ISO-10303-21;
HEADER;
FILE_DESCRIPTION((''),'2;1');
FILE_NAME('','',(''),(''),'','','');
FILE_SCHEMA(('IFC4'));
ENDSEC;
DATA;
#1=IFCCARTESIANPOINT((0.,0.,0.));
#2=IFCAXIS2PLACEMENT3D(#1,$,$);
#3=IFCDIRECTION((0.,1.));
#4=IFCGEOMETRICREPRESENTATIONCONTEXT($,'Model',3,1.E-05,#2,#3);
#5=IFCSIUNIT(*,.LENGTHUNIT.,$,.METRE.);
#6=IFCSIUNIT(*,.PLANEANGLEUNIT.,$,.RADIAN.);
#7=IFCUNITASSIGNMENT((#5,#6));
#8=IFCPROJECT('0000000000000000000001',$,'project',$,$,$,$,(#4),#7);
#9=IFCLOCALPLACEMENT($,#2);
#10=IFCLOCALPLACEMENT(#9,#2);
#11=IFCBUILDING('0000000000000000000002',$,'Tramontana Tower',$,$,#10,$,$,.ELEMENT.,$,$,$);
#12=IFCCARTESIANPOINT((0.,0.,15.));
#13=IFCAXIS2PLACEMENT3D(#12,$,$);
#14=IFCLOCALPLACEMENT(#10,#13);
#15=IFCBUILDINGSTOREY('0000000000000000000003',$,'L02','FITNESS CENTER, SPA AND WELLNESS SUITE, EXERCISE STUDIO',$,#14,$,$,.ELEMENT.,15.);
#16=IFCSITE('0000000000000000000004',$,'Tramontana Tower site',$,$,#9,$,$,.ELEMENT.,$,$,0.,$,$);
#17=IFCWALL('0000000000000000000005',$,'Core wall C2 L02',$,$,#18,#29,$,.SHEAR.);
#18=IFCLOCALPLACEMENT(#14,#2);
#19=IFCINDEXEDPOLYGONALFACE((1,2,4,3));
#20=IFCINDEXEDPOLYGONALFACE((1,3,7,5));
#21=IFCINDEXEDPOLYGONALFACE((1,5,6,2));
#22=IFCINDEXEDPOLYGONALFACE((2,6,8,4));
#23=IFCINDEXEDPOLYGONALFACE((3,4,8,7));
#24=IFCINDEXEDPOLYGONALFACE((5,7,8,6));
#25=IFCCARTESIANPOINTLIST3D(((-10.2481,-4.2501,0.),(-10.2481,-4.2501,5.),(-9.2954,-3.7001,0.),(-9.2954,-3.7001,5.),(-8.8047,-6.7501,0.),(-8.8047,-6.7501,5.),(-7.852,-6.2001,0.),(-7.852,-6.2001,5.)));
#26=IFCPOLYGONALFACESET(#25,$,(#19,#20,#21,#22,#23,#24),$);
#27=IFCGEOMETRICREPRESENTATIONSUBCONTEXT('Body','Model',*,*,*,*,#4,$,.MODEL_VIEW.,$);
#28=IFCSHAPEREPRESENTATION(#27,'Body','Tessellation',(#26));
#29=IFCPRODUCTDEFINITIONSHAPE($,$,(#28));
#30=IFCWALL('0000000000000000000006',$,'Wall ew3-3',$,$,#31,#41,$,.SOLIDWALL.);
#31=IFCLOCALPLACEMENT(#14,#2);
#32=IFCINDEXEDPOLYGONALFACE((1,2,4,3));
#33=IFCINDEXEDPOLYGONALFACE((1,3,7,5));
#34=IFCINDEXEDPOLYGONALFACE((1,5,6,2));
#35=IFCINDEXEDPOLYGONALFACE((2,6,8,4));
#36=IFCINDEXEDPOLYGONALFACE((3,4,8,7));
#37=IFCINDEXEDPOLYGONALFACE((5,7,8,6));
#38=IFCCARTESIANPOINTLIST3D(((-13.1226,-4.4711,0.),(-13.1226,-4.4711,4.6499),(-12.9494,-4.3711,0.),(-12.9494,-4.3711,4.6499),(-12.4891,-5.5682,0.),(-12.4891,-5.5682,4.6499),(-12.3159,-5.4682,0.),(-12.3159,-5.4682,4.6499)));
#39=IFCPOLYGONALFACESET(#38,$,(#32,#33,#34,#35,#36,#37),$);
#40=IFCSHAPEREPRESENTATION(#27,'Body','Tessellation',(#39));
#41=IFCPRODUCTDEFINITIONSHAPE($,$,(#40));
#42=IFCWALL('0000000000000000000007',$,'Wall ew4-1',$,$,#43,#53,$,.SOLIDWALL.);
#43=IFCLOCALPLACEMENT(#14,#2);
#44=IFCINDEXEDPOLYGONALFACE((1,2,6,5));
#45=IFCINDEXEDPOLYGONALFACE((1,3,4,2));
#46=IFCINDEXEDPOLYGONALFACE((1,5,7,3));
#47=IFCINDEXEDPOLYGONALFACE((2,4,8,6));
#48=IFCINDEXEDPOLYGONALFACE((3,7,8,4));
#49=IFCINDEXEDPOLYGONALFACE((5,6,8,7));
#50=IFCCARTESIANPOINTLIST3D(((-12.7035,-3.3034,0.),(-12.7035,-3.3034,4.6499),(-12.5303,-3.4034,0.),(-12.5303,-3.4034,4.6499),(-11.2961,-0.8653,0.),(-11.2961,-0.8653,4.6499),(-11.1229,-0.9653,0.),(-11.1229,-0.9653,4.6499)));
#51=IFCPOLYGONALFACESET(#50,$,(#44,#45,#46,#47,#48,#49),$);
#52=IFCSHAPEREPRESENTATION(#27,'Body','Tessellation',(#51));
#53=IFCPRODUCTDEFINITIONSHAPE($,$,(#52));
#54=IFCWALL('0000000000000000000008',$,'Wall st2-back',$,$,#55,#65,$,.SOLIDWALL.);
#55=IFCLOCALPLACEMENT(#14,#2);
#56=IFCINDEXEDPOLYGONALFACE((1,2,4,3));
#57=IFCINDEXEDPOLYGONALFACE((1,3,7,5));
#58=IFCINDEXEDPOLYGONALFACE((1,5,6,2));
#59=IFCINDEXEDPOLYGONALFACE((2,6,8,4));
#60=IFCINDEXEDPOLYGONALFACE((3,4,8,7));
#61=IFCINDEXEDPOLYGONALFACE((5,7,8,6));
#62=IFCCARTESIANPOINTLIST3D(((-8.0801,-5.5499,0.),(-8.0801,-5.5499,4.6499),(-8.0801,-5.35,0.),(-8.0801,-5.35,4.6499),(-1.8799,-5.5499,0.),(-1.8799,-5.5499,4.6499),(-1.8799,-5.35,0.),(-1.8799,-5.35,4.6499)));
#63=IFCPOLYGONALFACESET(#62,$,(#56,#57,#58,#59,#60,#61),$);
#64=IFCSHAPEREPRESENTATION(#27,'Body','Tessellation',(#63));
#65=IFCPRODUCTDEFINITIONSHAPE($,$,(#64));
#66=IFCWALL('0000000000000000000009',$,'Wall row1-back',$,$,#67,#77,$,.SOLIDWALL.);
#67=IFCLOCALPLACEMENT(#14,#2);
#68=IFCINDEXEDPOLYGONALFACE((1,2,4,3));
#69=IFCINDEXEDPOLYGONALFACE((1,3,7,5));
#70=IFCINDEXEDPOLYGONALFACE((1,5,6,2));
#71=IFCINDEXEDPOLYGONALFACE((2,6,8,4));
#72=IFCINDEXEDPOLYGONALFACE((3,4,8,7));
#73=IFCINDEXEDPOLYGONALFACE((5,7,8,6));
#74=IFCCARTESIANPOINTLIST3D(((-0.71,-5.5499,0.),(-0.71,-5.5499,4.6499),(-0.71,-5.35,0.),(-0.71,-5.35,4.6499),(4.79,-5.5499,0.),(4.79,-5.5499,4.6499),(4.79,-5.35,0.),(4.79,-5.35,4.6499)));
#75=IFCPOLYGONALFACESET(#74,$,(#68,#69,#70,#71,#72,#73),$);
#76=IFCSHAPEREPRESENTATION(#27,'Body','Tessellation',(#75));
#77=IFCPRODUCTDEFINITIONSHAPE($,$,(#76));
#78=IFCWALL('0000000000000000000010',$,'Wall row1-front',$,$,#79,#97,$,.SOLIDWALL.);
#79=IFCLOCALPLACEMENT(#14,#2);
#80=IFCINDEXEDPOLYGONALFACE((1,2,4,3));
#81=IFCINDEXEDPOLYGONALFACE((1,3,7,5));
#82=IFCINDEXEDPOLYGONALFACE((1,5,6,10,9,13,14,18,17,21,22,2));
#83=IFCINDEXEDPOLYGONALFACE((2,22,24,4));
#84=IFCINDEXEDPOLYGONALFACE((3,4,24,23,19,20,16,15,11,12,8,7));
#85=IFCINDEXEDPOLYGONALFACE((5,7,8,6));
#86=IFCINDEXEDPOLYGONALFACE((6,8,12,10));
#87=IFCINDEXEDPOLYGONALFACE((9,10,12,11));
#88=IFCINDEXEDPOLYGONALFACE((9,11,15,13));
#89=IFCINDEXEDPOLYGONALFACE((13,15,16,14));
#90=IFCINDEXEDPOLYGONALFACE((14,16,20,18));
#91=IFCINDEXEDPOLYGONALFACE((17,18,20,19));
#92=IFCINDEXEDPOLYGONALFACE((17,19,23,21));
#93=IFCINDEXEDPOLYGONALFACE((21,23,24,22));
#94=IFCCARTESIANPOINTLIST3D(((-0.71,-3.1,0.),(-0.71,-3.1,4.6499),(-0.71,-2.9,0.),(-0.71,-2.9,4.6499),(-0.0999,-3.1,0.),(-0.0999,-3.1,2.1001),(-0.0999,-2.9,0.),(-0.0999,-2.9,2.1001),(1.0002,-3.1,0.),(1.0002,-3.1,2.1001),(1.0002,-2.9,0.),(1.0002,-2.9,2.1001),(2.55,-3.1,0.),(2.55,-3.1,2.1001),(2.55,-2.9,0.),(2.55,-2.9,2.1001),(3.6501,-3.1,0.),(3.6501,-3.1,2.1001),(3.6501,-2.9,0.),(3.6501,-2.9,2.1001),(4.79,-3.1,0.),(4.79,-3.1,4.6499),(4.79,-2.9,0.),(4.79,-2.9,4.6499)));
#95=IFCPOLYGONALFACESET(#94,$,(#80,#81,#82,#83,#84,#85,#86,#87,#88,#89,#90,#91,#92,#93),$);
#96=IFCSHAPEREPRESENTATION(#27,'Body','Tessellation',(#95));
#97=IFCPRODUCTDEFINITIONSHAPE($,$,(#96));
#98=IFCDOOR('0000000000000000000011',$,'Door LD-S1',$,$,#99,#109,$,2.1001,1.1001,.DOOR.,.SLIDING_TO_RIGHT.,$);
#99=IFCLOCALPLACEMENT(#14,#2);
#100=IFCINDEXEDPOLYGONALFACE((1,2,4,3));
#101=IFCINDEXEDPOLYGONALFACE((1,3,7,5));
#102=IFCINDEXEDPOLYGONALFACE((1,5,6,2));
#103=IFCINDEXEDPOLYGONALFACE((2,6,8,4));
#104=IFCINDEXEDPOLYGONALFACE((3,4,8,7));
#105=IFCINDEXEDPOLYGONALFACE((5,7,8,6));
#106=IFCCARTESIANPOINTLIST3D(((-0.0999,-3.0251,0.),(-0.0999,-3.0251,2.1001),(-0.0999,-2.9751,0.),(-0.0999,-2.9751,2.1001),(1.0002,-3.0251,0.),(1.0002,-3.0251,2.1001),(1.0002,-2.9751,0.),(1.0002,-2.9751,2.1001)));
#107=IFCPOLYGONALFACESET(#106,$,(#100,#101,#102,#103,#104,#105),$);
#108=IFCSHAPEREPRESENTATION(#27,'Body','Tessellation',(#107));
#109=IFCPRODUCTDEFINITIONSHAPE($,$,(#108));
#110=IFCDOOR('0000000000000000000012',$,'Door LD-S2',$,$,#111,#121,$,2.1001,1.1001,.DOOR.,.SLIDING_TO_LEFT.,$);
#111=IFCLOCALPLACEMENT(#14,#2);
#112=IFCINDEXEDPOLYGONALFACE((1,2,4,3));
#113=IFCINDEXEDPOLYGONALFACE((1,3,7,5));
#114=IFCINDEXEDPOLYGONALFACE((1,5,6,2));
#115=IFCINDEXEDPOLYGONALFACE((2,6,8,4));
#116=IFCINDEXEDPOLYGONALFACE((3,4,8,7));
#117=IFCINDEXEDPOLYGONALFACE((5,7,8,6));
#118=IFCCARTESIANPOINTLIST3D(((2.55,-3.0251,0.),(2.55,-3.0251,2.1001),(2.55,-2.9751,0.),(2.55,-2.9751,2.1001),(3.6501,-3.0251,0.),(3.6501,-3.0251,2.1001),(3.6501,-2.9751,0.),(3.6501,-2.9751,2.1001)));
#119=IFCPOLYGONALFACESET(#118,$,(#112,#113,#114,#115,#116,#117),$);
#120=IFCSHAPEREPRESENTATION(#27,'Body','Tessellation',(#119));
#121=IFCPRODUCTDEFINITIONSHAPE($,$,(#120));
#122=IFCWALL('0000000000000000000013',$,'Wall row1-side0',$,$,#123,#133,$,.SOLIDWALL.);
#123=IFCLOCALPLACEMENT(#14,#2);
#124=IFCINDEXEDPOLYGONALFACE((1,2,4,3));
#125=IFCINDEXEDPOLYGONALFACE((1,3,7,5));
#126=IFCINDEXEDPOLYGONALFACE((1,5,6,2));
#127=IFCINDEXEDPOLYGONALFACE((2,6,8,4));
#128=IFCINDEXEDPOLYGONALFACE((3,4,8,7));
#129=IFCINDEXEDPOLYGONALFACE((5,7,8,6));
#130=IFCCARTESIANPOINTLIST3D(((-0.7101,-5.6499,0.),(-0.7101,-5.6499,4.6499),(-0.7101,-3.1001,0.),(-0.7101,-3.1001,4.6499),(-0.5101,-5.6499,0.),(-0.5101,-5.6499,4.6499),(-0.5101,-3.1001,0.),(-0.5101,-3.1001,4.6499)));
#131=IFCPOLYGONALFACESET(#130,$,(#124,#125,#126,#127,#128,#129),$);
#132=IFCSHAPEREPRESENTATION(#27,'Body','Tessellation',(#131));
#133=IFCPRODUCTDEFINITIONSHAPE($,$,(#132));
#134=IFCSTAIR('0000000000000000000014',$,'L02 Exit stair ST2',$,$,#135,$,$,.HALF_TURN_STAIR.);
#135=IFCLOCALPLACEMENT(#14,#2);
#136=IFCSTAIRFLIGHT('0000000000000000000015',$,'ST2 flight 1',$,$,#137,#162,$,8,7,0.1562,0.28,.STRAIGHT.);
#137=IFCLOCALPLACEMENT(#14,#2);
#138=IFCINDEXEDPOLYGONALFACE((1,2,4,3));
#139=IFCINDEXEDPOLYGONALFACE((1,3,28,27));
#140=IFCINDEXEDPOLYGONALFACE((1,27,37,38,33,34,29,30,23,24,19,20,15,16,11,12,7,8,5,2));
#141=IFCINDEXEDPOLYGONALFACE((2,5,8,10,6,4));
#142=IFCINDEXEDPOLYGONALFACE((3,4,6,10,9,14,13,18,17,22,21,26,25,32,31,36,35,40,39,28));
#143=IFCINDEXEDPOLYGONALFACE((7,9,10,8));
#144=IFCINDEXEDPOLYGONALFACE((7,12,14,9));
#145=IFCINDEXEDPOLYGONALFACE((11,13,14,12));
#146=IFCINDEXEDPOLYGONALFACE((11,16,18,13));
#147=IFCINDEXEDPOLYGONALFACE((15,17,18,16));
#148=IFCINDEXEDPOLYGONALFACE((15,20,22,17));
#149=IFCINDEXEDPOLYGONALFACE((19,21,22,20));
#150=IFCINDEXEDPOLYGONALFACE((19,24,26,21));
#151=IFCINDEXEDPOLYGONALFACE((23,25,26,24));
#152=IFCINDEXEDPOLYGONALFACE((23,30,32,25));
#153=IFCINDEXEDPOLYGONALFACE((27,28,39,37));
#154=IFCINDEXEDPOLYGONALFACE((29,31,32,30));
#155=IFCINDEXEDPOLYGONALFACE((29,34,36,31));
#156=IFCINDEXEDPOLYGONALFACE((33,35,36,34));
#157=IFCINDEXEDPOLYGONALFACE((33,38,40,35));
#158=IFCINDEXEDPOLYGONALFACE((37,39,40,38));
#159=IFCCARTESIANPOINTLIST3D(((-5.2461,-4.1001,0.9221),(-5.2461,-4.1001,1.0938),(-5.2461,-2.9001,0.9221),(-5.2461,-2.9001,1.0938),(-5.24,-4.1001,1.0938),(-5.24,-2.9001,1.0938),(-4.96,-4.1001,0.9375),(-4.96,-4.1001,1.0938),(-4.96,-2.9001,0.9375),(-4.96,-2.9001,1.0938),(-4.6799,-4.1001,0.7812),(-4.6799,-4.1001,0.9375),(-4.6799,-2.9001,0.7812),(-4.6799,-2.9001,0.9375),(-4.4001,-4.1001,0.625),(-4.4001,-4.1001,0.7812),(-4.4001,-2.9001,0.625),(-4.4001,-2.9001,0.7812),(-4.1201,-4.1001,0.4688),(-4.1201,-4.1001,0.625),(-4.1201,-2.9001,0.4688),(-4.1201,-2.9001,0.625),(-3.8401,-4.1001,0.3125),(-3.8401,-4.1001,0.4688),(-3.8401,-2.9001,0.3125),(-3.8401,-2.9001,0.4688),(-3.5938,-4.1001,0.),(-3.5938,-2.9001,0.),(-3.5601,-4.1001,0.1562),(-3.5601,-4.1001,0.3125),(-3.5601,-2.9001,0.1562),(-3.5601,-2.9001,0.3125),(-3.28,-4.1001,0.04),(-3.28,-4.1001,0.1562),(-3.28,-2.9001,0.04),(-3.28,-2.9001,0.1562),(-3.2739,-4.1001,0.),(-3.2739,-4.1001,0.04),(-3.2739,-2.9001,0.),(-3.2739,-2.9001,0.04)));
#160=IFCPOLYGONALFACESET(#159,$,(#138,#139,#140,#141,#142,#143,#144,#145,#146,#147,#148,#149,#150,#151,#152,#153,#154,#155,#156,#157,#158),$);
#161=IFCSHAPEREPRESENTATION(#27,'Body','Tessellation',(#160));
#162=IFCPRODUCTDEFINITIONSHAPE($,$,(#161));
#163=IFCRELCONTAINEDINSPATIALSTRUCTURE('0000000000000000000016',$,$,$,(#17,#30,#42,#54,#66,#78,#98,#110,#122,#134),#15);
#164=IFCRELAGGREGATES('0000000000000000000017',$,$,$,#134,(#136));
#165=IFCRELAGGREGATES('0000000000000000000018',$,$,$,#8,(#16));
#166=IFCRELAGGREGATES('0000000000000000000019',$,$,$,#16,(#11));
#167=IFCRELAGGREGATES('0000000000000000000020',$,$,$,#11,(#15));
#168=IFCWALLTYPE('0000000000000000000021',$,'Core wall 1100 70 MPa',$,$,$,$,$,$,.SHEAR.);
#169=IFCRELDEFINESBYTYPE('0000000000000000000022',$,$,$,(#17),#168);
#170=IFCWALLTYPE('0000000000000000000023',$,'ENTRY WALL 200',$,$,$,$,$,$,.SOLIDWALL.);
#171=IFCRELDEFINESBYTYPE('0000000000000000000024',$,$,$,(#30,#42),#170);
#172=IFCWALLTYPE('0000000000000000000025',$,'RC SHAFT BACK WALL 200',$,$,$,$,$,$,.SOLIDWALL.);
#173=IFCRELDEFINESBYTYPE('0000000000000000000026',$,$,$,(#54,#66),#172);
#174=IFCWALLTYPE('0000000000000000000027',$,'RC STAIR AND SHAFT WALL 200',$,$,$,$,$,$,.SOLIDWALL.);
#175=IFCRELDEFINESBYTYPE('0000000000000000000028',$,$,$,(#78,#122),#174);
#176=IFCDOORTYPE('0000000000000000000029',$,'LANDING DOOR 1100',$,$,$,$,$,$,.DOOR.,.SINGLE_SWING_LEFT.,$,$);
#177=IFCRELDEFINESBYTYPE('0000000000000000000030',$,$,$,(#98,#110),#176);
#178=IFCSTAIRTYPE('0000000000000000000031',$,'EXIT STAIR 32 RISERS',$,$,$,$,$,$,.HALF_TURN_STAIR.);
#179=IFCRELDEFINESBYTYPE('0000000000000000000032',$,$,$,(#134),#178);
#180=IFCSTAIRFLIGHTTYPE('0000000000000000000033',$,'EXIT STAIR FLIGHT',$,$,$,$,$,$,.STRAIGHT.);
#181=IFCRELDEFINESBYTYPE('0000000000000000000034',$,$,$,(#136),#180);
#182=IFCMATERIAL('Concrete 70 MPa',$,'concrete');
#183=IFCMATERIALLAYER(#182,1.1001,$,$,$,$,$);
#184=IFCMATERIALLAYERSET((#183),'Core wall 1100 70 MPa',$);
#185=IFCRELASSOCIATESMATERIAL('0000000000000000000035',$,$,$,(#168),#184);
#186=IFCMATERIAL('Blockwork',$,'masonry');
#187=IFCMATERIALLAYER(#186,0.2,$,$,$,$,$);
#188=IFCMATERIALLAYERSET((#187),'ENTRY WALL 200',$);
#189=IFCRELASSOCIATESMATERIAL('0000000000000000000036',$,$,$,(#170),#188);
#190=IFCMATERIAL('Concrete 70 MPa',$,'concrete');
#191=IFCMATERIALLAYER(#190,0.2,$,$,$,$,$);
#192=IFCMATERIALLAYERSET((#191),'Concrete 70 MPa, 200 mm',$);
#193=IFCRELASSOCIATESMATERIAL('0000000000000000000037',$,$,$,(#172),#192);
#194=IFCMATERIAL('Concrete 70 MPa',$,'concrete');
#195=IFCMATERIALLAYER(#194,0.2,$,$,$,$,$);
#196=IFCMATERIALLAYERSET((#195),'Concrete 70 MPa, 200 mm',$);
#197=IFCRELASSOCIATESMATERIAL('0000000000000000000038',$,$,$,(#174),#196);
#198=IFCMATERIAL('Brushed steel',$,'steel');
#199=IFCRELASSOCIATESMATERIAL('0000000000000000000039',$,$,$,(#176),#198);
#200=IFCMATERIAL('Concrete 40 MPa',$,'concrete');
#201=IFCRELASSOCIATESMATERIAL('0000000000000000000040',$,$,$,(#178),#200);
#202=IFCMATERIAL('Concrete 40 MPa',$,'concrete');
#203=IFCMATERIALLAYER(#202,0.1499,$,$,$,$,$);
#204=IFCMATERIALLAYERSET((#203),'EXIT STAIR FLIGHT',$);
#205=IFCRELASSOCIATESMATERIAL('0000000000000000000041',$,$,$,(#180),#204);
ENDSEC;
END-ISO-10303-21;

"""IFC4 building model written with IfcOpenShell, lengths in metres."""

from ifc_helpers import new_model, si_unit, direction, frame, frame_2d, origin, place, context, subcontext, project, spatial, polyline, rectangle, outline, extrude, material, layer, layer_set, type_object, element, fill, aggregate, save


model = new_model("IFC4")

# Units and contexts
model_context = context("Model", 3, precision=1e-05, world=origin(), true_north=direction((0.0, 1.0)))
body_context = subcontext(model_context, "Body", "Model", "MODEL_VIEW")
ifc_project = project(units=[si_unit("LENGTHUNIT", "METRE"), si_unit("PLANEANGLEUNIT", "RADIAN")], contexts=[model_context])

# Site, building, storey
site_placement = place(None, origin())
site = spatial("IfcSite", under=ifc_project, at=site_placement, Name="Tramontana Tower site", CompositionType="ELEMENT", RefElevation=0.0)
building_placement = place(site_placement, origin())
building = spatial("IfcBuilding", under=site, at=building_placement, Name="Tramontana Tower", CompositionType="ELEMENT")
storey_placement = place(building_placement, frame((0.0, 0.0, 15.0)))
storey = spatial("IfcBuildingStorey", under=building, at=storey_placement, Name="L02", Description="FITNESS CENTER, SPA AND WELLNESS SUITE, EXERCISE STUDIO", CompositionType="ELEMENT", Elevation=15.0)

# Wall
ifc_material_1 = material(Name="Concrete 70 MPa", Category="concrete")
ifc_layer_1 = layer(ifc_material_1, 1.1001)
ifc_layer_set_1 = layer_set([ifc_layer_1], Name="Core wall 1100 70 MPa")
wall_type_1 = type_object("IfcWallType", Name="Core wall 1100 70 MPa", PredefinedType="SHEAR", material=ifc_layer_set_1)
wall_1_placement = place(storey_placement, frame((-9.7717, -3.9751, 0.0), z_axis=(0.0, 0.0, 1.0), x_axis=(0.499996, -0.866028, 0.0)))
element("IfcWall", 1, at=wall_1_placement, inside=storey, type_object=wall_type_1, Name="Core wall C2 L02", PredefinedType="SHEAR", context=body_context, shape_type="SweptSolid", body=[
    extrude(rectangle(XDim=2.8867, YDim=1.1001, at=frame_2d((1.4434, 0.0))), origin(), (0.0, 0.0, 1.0), 5.0),
])

# Walls
ifc_material_2 = material(Name="Blockwork", Category="masonry")
ifc_layer_2 = layer(ifc_material_2, 0.2)
ifc_layer_set_2 = layer_set([ifc_layer_2], Name="ENTRY WALL 200")
wall_type_2 = type_object("IfcWallType", Name="ENTRY WALL 200", PredefinedType="SOLIDWALL", material=ifc_layer_set_2)
wall_2_placement = place(storey_placement, frame((-12.4026, -5.5181, 0.0), z_axis=(0.0, 0.0, 1.0), x_axis=(-0.500056, 0.865993, 0.0)))
element("IfcWall", 2, at=wall_2_placement, inside=storey, type_object=wall_type_2, Name="Wall ew3-3", PredefinedType="SOLIDWALL", context=body_context, shape_type="SweptSolid", body=[
    extrude(rectangle(XDim=1.2668, YDim=0.2, at=frame_2d((0.6333, 0.0))), origin(), (0.0, 0.0, 1.0), 4.6499),
])
wall_3_placement = place(storey_placement, frame((-12.6169, -3.3535, 0.0), z_axis=(0.0, 0.0, 1.0), x_axis=(0.499935, 0.866063, 0.0)))
element("IfcWall", 3, at=wall_3_placement, inside=storey, type_object=wall_type_2, Name="Wall ew4-1", PredefinedType="SOLIDWALL", context=body_context, shape_type="SweptSolid", body=[
    extrude(rectangle(XDim=2.8152, YDim=0.2, at=frame_2d((1.4077, 0.0))), origin(), (0.0, 0.0, 1.0), 4.6499),
])
ifc_material_3 = material(Name="Concrete 70 MPa", Category="concrete")
ifc_layer_3 = layer(ifc_material_3, 0.2)
ifc_layer_set_3 = layer_set([ifc_layer_3], Name="Concrete 70 MPa, 200 mm")
wall_type_3 = type_object("IfcWallType", Name="RC SHAFT BACK WALL 200", PredefinedType="SOLIDWALL", material=ifc_layer_set_3)
wall_4_placement = place(storey_placement, frame((-8.0801, -5.45, 0.0), z_axis=(0.0, 0.0, 1.0), x_axis=(1.0, 0.0, 0.0)))
element("IfcWall", 4, at=wall_4_placement, inside=storey, type_object=wall_type_3, Name="Wall st2-back", PredefinedType="SOLIDWALL", context=body_context, shape_type="SweptSolid", body=[
    extrude(rectangle(XDim=6.2002, YDim=0.2, at=frame_2d((3.1001, 0.0))), origin(), (0.0, 0.0, 1.0), 4.6499),
])
wall_5_placement = place(storey_placement, frame((-0.71, -5.45, 0.0), z_axis=(0.0, 0.0, 1.0), x_axis=(1.0, 0.0, 0.0)))
element("IfcWall", 5, at=wall_5_placement, inside=storey, type_object=wall_type_3, Name="Wall row1-back", PredefinedType="SOLIDWALL", context=body_context, shape_type="SweptSolid", body=[
    extrude(rectangle(XDim=5.5, YDim=0.2, at=frame_2d((2.75, 0.0))), origin(), (0.0, 0.0, 1.0), 4.6499),
])

# Wall, openings, doors
ifc_material_4 = material(Name="Concrete 70 MPa", Category="concrete")
ifc_layer_4 = layer(ifc_material_4, 0.2)
ifc_layer_set_4 = layer_set([ifc_layer_4], Name="Concrete 70 MPa, 200 mm")
wall_type_4 = type_object("IfcWallType", Name="RC STAIR AND SHAFT WALL 200", PredefinedType="SOLIDWALL", material=ifc_layer_set_4)
wall_6_placement = place(storey_placement, frame((-0.71, -3.0, 0.0), z_axis=(0.0, 0.0, 1.0), x_axis=(1.0, 0.0, 0.0)))
wall_6 = element("IfcWall", 6, at=wall_6_placement, inside=storey, type_object=wall_type_4, Name="Wall row1-front", PredefinedType="SOLIDWALL", context=body_context, shape_type="SweptSolid", body=[
    extrude(rectangle(XDim=5.5, YDim=0.2, at=frame_2d((2.75, 0.0))), origin(), (0.0, 0.0, 1.0), 4.6499),
])
opening_1_placement = place(wall_6_placement, frame((0.6101, 0.0, 0.0)))
opening_1 = element("IfcOpeningElement", 7, at=opening_1_placement, cuts=wall_6, PredefinedType="OPENING", context=body_context, shape_type="SweptSolid", body=[
    extrude(rectangle(XDim=1.1001, YDim=2.1001, at=frame_2d((0.55, 1.05))), frame((0.0, 0.1099, 0.0), z_axis=(0.0, -1.0, 0.0), x_axis=(1.0, 0.0, 0.0)), (0.0, 0.0, 1.0), 0.22),
])
opening_2_placement = place(wall_6_placement, frame((3.26, 0.0, 0.0)))
opening_2 = element("IfcOpeningElement", 8, at=opening_2_placement, cuts=wall_6, PredefinedType="OPENING", context=body_context, shape_type="SweptSolid", body=[
    extrude(rectangle(XDim=1.1001, YDim=2.1001, at=frame_2d((0.55, 1.05))), frame((0.0, 0.1099, 0.0), z_axis=(0.0, -1.0, 0.0), x_axis=(1.0, 0.0, 0.0)), (0.0, 0.0, 1.0), 0.22),
])
ifc_material_5 = material(Name="Brushed steel", Category="steel")
door_type_1 = type_object("IfcDoorType", Name="LANDING DOOR 1100", OperationType="SINGLE_SWING_LEFT", PredefinedType="DOOR", material=ifc_material_5)
door_1_placement = place(opening_1_placement, origin())
door_1 = element("IfcDoor", 9, at=door_1_placement, inside=storey, type_object=door_type_1, Name="Door LD-S1", OperationType="SLIDING_TO_RIGHT", OverallHeight=2.1001, OverallWidth=1.1001, PredefinedType="DOOR", context=body_context, shape_type="SweptSolid", body=[
    extrude(rectangle(XDim=1.1001, YDim=2.1001, at=frame_2d((0.55, 1.05))), frame((0.0, 0.0249, 0.0), z_axis=(0.0, -1.0, 0.0), x_axis=(1.0, 0.0, 0.0)), (0.0, 0.0, 1.0), 0.05),
])
fill(opening_1, door_1)
door_2_placement = place(opening_2_placement, origin())
door_2 = element("IfcDoor", 10, at=door_2_placement, inside=storey, type_object=door_type_1, Name="Door LD-S2", OperationType="SLIDING_TO_LEFT", OverallHeight=2.1001, OverallWidth=1.1001, PredefinedType="DOOR", context=body_context, shape_type="SweptSolid", body=[
    extrude(rectangle(XDim=1.1001, YDim=2.1001, at=frame_2d((0.55, 1.05))), frame((0.0, 0.0249, 0.0), z_axis=(0.0, -1.0, 0.0), x_axis=(1.0, 0.0, 0.0)), (0.0, 0.0, 1.0), 0.05),
])
fill(opening_2, door_2)

# Wall
wall_7_placement = place(storey_placement, frame((-0.6101, -3.1001, 0.0), z_axis=(0.0, 0.0, 1.0), x_axis=(0.0, -1.0, 0.0)))
element("IfcWall", 11, at=wall_7_placement, inside=storey, type_object=wall_type_4, Name="Wall row1-side0", PredefinedType="SOLIDWALL", context=body_context, shape_type="SweptSolid", body=[
    extrude(rectangle(XDim=2.5498, YDim=0.2, at=frame_2d((1.2749, 0.0))), origin(), (0.0, 0.0, 1.0), 4.6499),
])

# Stair, stair flight
ifc_material_6 = material(Name="Concrete 40 MPa", Category="concrete")
stair_type = type_object("IfcStairType", Name="EXIT STAIR 32 RISERS", PredefinedType="HALF_TURN_STAIR", material=ifc_material_6)
stair_placement = place(storey_placement, origin())
stair = element("IfcStair", 12, at=stair_placement, inside=storey, type_object=stair_type, Name="L02 Exit stair ST2", PredefinedType="HALF_TURN_STAIR")
ifc_material_7 = material(Name="Concrete 40 MPa", Category="concrete")
ifc_layer_5 = layer(ifc_material_7, 0.1499)
ifc_layer_set_5 = layer_set([ifc_layer_5], Name="EXIT STAIR FLIGHT")
stair_flight_type = type_object("IfcStairFlightType", Name="EXIT STAIR FLIGHT", PredefinedType="STRAIGHT", material=ifc_layer_set_5)
stair_flight_1_placement = place(storey_placement, frame((-3.28, -3.5, 0.0), z_axis=(0.0, 0.0, 1.0), x_axis=(-1.0, 0.0, 0.0)))
stair_flight_1 = element("IfcStairFlight", 13, at=stair_flight_1_placement, type_object=stair_flight_type, Name="ST2 flight 1", NumberOfRisers=8, NumberOfTreads=7, PredefinedType="STRAIGHT", RiserHeight=0.1562, TreadLength=0.28, context=body_context, shape_type="SweptSolid", body=[
    extrude(outline(polyline([(-0.0061, 0.0), (-0.0061, 0.04), (0.0, 0.04), (0.0, 0.1562), (0.28, 0.1562), (0.28, 0.3125), (0.5601, 0.3125), (0.5601, 0.4688), (0.8401, 0.4688), (0.8401, 0.625), (1.1201, 0.625), (1.1201, 0.7812), (1.3999, 0.7812), (1.3999, 0.9375), (1.6799, 0.9375), (1.6799, 1.0938), (1.96, 1.0938), (1.9661, 1.0938), (1.9661, 0.9221), (0.3137, 0.0), (-0.0061, 0.0)])), frame((0.0, 0.6001, 0.0), z_axis=(0.0, -1.0, 0.0), x_axis=(1.0, 0.0, 0.0)), (0.0, 0.0, 1.0), 1.2),
])
aggregate(stair, [stair_flight_1])

save(model, "model.ifc")
